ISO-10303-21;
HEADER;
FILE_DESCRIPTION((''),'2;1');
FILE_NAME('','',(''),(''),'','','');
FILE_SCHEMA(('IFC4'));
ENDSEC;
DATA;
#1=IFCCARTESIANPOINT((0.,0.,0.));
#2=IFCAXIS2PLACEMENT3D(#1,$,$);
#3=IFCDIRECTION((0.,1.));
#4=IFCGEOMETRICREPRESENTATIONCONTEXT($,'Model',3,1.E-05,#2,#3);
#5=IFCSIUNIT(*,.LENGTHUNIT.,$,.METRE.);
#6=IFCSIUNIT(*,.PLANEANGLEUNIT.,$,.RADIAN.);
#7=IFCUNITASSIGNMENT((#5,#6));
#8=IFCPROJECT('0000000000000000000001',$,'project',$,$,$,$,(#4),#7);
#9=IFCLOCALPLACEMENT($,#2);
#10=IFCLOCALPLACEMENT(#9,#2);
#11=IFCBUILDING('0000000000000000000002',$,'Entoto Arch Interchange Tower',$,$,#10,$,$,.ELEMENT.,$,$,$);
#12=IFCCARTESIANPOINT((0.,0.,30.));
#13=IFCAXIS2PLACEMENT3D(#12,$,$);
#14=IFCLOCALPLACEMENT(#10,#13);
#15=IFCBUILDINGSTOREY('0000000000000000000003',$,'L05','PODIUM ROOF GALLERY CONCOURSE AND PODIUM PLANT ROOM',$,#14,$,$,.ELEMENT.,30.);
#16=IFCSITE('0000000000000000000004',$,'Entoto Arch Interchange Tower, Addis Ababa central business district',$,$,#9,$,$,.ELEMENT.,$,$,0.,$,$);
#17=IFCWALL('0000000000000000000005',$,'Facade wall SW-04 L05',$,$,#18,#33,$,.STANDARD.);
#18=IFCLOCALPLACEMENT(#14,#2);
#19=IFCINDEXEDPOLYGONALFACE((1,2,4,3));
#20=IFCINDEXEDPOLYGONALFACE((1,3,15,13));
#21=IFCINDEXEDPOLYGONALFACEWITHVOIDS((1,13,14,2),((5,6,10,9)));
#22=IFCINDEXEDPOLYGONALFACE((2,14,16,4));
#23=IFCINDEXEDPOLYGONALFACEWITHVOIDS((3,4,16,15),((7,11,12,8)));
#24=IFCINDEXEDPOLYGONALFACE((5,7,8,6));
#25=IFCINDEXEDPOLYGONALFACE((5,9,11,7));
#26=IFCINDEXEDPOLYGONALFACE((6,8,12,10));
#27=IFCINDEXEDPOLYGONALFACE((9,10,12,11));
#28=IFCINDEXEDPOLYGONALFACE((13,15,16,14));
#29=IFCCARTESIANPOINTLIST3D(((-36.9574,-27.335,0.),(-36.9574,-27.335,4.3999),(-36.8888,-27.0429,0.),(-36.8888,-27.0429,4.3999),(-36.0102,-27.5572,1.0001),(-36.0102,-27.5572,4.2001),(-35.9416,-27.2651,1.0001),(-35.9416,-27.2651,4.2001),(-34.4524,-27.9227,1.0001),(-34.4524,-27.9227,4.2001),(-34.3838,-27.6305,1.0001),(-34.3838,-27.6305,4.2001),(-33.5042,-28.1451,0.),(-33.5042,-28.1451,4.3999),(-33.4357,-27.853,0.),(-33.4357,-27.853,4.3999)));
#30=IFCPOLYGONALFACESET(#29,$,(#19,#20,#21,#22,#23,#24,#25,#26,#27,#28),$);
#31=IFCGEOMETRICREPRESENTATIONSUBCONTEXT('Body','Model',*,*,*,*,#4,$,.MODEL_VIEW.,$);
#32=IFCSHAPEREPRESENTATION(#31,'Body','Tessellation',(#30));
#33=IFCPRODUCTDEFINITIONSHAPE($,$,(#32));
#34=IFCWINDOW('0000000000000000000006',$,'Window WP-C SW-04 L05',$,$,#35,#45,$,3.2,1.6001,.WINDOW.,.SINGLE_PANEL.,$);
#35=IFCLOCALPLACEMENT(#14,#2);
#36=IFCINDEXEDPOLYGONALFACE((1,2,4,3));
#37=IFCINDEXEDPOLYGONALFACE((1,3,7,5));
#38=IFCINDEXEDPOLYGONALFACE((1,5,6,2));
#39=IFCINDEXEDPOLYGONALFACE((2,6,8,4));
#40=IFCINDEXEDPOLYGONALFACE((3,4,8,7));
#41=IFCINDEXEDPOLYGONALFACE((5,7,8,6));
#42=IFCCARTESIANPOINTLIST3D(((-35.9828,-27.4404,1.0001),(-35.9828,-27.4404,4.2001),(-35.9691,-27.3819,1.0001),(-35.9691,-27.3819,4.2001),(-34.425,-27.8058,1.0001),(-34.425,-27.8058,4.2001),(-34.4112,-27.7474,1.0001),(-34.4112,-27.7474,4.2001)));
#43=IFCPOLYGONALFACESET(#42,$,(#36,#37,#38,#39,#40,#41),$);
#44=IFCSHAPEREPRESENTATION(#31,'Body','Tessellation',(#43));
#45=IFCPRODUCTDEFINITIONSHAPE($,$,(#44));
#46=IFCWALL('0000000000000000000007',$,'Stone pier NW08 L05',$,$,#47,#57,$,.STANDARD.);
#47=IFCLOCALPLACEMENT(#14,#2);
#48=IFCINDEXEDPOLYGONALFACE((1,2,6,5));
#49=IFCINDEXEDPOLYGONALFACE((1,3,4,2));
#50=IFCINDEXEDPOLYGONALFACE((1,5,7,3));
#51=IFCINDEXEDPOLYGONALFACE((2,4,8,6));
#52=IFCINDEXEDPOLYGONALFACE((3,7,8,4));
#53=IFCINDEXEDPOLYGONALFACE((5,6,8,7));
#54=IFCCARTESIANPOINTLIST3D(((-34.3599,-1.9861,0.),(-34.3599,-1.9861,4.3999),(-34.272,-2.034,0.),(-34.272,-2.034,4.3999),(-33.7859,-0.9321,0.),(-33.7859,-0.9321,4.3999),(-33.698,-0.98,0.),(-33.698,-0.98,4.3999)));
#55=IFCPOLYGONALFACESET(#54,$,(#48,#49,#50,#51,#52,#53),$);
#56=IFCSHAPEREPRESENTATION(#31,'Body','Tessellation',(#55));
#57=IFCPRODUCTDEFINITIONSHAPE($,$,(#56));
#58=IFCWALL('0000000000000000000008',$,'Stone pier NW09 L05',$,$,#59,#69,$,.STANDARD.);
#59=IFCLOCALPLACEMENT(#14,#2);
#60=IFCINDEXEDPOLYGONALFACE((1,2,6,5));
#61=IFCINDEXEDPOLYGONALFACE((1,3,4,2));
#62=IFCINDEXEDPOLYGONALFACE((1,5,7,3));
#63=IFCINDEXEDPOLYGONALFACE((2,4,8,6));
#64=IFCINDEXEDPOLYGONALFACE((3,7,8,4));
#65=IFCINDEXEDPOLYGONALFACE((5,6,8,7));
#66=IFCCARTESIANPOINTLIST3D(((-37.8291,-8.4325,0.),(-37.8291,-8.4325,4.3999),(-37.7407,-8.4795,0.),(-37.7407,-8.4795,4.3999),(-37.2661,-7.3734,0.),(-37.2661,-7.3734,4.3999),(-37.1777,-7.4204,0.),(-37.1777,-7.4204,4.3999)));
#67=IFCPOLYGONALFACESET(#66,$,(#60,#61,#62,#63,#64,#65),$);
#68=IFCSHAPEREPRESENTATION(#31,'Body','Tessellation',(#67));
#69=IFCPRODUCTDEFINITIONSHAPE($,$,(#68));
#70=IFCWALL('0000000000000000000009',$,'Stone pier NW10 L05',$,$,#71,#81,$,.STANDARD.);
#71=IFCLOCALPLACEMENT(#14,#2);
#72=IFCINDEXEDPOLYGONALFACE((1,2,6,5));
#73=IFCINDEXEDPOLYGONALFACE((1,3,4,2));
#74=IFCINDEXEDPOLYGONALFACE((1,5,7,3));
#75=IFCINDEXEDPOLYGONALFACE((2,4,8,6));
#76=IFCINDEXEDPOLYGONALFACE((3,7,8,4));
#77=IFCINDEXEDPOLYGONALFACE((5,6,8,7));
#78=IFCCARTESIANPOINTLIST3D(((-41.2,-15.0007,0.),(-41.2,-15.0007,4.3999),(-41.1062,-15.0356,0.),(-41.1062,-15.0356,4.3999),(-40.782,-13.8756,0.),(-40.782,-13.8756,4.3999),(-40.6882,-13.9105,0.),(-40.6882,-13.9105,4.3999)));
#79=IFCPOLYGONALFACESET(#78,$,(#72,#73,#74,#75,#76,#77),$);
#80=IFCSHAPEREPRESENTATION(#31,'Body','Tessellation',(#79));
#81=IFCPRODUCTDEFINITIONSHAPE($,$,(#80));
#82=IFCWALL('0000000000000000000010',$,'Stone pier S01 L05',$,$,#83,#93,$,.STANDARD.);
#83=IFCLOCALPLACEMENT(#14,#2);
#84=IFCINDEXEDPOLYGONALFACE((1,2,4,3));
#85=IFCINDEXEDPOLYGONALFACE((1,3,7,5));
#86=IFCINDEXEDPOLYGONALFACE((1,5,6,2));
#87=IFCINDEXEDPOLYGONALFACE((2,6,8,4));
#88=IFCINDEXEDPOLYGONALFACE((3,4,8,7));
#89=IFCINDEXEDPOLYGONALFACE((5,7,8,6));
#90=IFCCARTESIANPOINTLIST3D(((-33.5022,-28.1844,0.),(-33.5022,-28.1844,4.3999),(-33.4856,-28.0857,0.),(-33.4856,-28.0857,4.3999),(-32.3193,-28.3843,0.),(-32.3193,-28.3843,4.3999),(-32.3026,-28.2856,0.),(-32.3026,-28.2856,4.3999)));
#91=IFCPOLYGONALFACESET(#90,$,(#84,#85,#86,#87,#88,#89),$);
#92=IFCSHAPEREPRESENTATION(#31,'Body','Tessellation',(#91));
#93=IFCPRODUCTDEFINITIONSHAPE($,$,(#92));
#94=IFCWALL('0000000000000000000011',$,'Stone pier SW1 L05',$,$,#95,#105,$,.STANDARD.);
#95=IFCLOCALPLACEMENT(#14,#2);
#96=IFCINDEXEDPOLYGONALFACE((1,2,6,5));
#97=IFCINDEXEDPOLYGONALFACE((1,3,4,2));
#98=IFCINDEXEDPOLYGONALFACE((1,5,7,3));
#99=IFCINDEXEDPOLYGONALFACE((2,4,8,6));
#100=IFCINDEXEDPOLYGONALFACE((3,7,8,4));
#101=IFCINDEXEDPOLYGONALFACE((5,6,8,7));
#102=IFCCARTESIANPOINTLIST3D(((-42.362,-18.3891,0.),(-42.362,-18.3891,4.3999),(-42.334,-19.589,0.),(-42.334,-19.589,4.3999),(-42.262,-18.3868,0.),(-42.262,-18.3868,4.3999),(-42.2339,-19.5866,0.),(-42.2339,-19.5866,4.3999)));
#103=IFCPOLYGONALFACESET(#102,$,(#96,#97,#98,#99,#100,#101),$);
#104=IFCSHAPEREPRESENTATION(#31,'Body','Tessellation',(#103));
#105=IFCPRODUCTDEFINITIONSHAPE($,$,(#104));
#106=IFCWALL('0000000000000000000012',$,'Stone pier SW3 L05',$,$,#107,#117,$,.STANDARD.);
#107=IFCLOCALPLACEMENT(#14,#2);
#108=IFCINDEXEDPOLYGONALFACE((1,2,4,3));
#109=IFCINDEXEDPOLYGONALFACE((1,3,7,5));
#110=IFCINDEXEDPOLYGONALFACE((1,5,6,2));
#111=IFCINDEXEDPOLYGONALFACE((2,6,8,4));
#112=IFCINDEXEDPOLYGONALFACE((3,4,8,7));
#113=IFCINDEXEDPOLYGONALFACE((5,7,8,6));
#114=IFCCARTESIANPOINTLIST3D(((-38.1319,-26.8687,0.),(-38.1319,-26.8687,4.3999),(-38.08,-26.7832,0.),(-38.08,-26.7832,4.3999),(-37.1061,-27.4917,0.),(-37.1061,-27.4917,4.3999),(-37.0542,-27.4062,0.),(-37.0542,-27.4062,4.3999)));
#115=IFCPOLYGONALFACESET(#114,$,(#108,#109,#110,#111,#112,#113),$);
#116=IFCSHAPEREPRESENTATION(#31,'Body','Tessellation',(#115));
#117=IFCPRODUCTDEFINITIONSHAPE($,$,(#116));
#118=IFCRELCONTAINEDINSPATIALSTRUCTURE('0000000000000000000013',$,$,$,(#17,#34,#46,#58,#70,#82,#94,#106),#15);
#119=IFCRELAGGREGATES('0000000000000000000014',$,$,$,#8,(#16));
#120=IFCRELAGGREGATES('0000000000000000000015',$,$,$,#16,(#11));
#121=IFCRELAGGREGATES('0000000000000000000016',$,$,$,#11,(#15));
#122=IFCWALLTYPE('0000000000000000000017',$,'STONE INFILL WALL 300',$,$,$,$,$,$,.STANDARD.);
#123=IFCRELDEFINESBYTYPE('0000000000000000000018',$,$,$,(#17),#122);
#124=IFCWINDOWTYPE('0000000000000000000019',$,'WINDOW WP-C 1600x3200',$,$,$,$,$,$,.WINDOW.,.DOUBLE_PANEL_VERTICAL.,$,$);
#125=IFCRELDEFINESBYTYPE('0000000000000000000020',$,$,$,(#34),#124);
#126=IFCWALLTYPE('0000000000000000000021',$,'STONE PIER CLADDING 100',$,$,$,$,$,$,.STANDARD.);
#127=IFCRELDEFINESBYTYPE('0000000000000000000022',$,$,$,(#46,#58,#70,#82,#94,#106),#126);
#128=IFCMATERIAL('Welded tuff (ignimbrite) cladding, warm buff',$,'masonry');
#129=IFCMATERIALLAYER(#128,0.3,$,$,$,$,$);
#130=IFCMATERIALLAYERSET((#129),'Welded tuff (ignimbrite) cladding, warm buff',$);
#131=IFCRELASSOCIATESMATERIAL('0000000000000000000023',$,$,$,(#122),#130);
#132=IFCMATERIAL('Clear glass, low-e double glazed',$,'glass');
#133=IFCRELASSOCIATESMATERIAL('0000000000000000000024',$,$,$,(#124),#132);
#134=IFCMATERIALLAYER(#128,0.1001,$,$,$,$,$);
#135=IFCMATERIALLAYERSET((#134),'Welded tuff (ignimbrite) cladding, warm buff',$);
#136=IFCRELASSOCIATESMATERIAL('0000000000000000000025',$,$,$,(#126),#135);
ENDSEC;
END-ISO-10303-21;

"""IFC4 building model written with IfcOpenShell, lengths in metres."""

from ifc_helpers import new_model, si_unit, direction, frame, frame_2d, origin, place, context, subcontext, project, spatial, rectangle, extrude, material, layer, layer_set, type_object, element, fill, save


model = new_model("IFC4")

# Units and contexts
model_context = context("Model", 3, precision=1e-05, world=origin(), true_north=direction((0.0, 1.0)))
body_context = subcontext(model_context, "Body", "Model", "MODEL_VIEW")
ifc_project = project(units=[si_unit("LENGTHUNIT", "METRE"), si_unit("PLANEANGLEUNIT", "RADIAN")], contexts=[model_context])

# Site, building, storey
site_placement = place(None, origin())
site = spatial("IfcSite", under=ifc_project, at=site_placement, Name="Entoto Arch Interchange Tower, Addis Ababa central business district", CompositionType="ELEMENT", RefElevation=0.0)
building_placement = place(site_placement, origin())
building = spatial("IfcBuilding", under=site, at=building_placement, Name="Entoto Arch Interchange Tower", CompositionType="ELEMENT")
storey_placement = place(building_placement, frame((0.0, 0.0, 30.0)))
storey = spatial("IfcBuildingStorey", under=building, at=storey_placement, Name="L05", Description="PODIUM ROOF GALLERY CONCOURSE AND PODIUM PLANT ROOM", CompositionType="ELEMENT", Elevation=30.0)

# Shared definitions
ifc_material_1 = material(Name="Welded tuff (ignimbrite) cladding, warm buff", Category="masonry")
ifc_layer_1 = layer(ifc_material_1, 0.3)
ifc_layer_set_1 = layer_set([ifc_layer_1], Name="Welded tuff (ignimbrite) cladding, warm buff")
wall_type_1 = type_object("IfcWallType", Name="STONE INFILL WALL 300", PredefinedType="STANDARD", material=ifc_layer_set_1)
ifc_material_2 = material(Name="Clear glass, low-e double glazed", Category="glass")

# Wall, opening, window
window_type_1 = type_object("IfcWindowType", Name="WINDOW WP-C 1600x3200", PartitioningType="DOUBLE_PANEL_VERTICAL", PredefinedType="WINDOW", material=ifc_material_2)
wall_1_placement = place(storey_placement, frame((-36.9231, -27.189, 0.0), z_axis=(0.0, 0.0, 1.0), x_axis=(0.97357, -0.228387, 0.0)))
wall_1 = element("IfcWall", 1, at=wall_1_placement, inside=storey, type_object=wall_type_1, Name="Facade wall SW-04 L05", PredefinedType="STANDARD", context=body_context, shape_type="SweptSolid", body=[
    extrude(rectangle(XDim=3.5469, YDim=0.3, at=frame_2d((1.7734, 0.0))), origin(), (0.0, 0.0, 1.0), 4.3999),
])
opening_1_placement = place(wall_1_placement, frame((0.9729, 0.0, 1.0)))
opening_1 = element("IfcOpeningElement", 2, at=opening_1_placement, cuts=wall_1, PredefinedType="OPENING", context=body_context, shape_type="SweptSolid", body=[
    extrude(rectangle(XDim=1.6001, YDim=3.2, at=frame_2d((0.8, 1.6001))), frame((0.0, 0.1602, 0.0), z_axis=(0.0, -1.0, 0.0), x_axis=(1.0, 0.0, 0.0)), (0.0, 0.0, 1.0), 0.3201),
])
window_1_placement = place(opening_1_placement, origin())
window_1 = element("IfcWindow", 3, at=window_1_placement, inside=storey, type_object=window_type_1, Name="Window WP-C SW-04 L05", OverallHeight=3.2, OverallWidth=1.6001, PartitioningType="SINGLE_PANEL", PredefinedType="WINDOW", context=body_context, shape_type="SweptSolid", body=[
    extrude(rectangle(XDim=1.6001, YDim=3.2, at=frame_2d((0.8, 1.6001))), frame((0.0, 0.03, 0.0), z_axis=(0.0, -1.0, 0.0), x_axis=(1.0, 0.0, 0.0)), (0.0, 0.0, 1.0), 0.0601),
])
fill(opening_1, window_1)

# Walls
ifc_layer_2 = layer(ifc_material_1, 0.1001)
ifc_layer_set_2 = layer_set([ifc_layer_2], Name="Welded tuff (ignimbrite) cladding, warm buff")
wall_type_2 = type_object("IfcWallType", Name="STONE PIER CLADDING 100", PredefinedType="STANDARD", material=ifc_layer_set_2)
wall_2_placement = place(storey_placement, frame((-33.7419, -0.9561, 0.0), z_axis=(0.0, 0.0, 1.0), x_axis=(-0.478268, -0.878214, 0.0)))
element("IfcWall", 4, at=wall_2_placement, inside=storey, type_object=wall_type_2, Name="Stone pier NW08 L05", PredefinedType="STANDARD", context=body_context, shape_type="SweptSolid", body=[
    extrude(rectangle(XDim=1.2002, YDim=0.1001, at=frame_2d((0.6001, 0.0))), origin(), (0.0, 0.0, 1.0), 4.3999),
])
wall_3_placement = place(storey_placement, frame((-37.2219, -7.397, 0.0), z_axis=(0.0, 0.0, 1.0), x_axis=(-0.469383, -0.882994, 0.0)))
element("IfcWall", 5, at=wall_3_placement, inside=storey, type_object=wall_type_2, Name="Stone pier NW09 L05", PredefinedType="STANDARD", context=body_context, shape_type="SweptSolid", body=[
    extrude(rectangle(XDim=1.1995, YDim=0.1001, at=frame_2d((0.5996, 0.0))), origin(), (0.0, 0.0, 1.0), 4.3999),
])
wall_4_placement = place(storey_placement, frame((-40.7351, -13.8931, 0.0), z_axis=(0.0, 0.0, 1.0), x_axis=(-0.348268, -0.937395, 0.0)))
element("IfcWall", 6, at=wall_4_placement, inside=storey, type_object=wall_type_2, Name="Stone pier NW10 L05", PredefinedType="STANDARD", context=body_context, shape_type="SweptSolid", body=[
    extrude(rectangle(XDim=1.2002, YDim=0.1001, at=frame_2d((0.6001, 0.0))), origin(), (0.0, 0.0, 1.0), 4.3999),
])
wall_5_placement = place(storey_placement, frame((-33.4939, -28.135, 0.0), z_axis=(0.0, 0.0, 1.0), x_axis=(0.986012, -0.166676, 0.0)))
element("IfcWall", 7, at=wall_5_placement, inside=storey, type_object=wall_type_2, Name="Stone pier S01 L05", PredefinedType="STANDARD", context=body_context, shape_type="SweptSolid", body=[
    extrude(rectangle(XDim=1.1997, YDim=0.1001, at=frame_2d((0.5999, 0.0))), origin(), (0.0, 0.0, 1.0), 4.3999),
])
for number, where, z_axis, x_axis, name in (
    (8, (-42.312, -18.3879, 0.0), (0.0, 0.0, 1.0), (0.023391, -0.999726, 0.0), "Stone pier SW1 L05"),
    (9, (-38.106, -26.8259, 0.0), (0.0, 0.0, 1.0), (0.854717, -0.519095, 0.0), "Stone pier SW3 L05"),
):
    element("IfcWall", number, at=place(storey_placement, frame(where, z_axis=z_axis, x_axis=x_axis)), inside=storey, type_object=wall_type_2, Name=name, PredefinedType="STANDARD", context=body_context, shape_type="SweptSolid", body=[
        extrude(rectangle(XDim=1.2002, YDim=0.1001, at=frame_2d((0.6001, 0.0))), origin(), (0.0, 0.0, 1.0), 4.3999),
    ])

save(model, "model.ifc")
